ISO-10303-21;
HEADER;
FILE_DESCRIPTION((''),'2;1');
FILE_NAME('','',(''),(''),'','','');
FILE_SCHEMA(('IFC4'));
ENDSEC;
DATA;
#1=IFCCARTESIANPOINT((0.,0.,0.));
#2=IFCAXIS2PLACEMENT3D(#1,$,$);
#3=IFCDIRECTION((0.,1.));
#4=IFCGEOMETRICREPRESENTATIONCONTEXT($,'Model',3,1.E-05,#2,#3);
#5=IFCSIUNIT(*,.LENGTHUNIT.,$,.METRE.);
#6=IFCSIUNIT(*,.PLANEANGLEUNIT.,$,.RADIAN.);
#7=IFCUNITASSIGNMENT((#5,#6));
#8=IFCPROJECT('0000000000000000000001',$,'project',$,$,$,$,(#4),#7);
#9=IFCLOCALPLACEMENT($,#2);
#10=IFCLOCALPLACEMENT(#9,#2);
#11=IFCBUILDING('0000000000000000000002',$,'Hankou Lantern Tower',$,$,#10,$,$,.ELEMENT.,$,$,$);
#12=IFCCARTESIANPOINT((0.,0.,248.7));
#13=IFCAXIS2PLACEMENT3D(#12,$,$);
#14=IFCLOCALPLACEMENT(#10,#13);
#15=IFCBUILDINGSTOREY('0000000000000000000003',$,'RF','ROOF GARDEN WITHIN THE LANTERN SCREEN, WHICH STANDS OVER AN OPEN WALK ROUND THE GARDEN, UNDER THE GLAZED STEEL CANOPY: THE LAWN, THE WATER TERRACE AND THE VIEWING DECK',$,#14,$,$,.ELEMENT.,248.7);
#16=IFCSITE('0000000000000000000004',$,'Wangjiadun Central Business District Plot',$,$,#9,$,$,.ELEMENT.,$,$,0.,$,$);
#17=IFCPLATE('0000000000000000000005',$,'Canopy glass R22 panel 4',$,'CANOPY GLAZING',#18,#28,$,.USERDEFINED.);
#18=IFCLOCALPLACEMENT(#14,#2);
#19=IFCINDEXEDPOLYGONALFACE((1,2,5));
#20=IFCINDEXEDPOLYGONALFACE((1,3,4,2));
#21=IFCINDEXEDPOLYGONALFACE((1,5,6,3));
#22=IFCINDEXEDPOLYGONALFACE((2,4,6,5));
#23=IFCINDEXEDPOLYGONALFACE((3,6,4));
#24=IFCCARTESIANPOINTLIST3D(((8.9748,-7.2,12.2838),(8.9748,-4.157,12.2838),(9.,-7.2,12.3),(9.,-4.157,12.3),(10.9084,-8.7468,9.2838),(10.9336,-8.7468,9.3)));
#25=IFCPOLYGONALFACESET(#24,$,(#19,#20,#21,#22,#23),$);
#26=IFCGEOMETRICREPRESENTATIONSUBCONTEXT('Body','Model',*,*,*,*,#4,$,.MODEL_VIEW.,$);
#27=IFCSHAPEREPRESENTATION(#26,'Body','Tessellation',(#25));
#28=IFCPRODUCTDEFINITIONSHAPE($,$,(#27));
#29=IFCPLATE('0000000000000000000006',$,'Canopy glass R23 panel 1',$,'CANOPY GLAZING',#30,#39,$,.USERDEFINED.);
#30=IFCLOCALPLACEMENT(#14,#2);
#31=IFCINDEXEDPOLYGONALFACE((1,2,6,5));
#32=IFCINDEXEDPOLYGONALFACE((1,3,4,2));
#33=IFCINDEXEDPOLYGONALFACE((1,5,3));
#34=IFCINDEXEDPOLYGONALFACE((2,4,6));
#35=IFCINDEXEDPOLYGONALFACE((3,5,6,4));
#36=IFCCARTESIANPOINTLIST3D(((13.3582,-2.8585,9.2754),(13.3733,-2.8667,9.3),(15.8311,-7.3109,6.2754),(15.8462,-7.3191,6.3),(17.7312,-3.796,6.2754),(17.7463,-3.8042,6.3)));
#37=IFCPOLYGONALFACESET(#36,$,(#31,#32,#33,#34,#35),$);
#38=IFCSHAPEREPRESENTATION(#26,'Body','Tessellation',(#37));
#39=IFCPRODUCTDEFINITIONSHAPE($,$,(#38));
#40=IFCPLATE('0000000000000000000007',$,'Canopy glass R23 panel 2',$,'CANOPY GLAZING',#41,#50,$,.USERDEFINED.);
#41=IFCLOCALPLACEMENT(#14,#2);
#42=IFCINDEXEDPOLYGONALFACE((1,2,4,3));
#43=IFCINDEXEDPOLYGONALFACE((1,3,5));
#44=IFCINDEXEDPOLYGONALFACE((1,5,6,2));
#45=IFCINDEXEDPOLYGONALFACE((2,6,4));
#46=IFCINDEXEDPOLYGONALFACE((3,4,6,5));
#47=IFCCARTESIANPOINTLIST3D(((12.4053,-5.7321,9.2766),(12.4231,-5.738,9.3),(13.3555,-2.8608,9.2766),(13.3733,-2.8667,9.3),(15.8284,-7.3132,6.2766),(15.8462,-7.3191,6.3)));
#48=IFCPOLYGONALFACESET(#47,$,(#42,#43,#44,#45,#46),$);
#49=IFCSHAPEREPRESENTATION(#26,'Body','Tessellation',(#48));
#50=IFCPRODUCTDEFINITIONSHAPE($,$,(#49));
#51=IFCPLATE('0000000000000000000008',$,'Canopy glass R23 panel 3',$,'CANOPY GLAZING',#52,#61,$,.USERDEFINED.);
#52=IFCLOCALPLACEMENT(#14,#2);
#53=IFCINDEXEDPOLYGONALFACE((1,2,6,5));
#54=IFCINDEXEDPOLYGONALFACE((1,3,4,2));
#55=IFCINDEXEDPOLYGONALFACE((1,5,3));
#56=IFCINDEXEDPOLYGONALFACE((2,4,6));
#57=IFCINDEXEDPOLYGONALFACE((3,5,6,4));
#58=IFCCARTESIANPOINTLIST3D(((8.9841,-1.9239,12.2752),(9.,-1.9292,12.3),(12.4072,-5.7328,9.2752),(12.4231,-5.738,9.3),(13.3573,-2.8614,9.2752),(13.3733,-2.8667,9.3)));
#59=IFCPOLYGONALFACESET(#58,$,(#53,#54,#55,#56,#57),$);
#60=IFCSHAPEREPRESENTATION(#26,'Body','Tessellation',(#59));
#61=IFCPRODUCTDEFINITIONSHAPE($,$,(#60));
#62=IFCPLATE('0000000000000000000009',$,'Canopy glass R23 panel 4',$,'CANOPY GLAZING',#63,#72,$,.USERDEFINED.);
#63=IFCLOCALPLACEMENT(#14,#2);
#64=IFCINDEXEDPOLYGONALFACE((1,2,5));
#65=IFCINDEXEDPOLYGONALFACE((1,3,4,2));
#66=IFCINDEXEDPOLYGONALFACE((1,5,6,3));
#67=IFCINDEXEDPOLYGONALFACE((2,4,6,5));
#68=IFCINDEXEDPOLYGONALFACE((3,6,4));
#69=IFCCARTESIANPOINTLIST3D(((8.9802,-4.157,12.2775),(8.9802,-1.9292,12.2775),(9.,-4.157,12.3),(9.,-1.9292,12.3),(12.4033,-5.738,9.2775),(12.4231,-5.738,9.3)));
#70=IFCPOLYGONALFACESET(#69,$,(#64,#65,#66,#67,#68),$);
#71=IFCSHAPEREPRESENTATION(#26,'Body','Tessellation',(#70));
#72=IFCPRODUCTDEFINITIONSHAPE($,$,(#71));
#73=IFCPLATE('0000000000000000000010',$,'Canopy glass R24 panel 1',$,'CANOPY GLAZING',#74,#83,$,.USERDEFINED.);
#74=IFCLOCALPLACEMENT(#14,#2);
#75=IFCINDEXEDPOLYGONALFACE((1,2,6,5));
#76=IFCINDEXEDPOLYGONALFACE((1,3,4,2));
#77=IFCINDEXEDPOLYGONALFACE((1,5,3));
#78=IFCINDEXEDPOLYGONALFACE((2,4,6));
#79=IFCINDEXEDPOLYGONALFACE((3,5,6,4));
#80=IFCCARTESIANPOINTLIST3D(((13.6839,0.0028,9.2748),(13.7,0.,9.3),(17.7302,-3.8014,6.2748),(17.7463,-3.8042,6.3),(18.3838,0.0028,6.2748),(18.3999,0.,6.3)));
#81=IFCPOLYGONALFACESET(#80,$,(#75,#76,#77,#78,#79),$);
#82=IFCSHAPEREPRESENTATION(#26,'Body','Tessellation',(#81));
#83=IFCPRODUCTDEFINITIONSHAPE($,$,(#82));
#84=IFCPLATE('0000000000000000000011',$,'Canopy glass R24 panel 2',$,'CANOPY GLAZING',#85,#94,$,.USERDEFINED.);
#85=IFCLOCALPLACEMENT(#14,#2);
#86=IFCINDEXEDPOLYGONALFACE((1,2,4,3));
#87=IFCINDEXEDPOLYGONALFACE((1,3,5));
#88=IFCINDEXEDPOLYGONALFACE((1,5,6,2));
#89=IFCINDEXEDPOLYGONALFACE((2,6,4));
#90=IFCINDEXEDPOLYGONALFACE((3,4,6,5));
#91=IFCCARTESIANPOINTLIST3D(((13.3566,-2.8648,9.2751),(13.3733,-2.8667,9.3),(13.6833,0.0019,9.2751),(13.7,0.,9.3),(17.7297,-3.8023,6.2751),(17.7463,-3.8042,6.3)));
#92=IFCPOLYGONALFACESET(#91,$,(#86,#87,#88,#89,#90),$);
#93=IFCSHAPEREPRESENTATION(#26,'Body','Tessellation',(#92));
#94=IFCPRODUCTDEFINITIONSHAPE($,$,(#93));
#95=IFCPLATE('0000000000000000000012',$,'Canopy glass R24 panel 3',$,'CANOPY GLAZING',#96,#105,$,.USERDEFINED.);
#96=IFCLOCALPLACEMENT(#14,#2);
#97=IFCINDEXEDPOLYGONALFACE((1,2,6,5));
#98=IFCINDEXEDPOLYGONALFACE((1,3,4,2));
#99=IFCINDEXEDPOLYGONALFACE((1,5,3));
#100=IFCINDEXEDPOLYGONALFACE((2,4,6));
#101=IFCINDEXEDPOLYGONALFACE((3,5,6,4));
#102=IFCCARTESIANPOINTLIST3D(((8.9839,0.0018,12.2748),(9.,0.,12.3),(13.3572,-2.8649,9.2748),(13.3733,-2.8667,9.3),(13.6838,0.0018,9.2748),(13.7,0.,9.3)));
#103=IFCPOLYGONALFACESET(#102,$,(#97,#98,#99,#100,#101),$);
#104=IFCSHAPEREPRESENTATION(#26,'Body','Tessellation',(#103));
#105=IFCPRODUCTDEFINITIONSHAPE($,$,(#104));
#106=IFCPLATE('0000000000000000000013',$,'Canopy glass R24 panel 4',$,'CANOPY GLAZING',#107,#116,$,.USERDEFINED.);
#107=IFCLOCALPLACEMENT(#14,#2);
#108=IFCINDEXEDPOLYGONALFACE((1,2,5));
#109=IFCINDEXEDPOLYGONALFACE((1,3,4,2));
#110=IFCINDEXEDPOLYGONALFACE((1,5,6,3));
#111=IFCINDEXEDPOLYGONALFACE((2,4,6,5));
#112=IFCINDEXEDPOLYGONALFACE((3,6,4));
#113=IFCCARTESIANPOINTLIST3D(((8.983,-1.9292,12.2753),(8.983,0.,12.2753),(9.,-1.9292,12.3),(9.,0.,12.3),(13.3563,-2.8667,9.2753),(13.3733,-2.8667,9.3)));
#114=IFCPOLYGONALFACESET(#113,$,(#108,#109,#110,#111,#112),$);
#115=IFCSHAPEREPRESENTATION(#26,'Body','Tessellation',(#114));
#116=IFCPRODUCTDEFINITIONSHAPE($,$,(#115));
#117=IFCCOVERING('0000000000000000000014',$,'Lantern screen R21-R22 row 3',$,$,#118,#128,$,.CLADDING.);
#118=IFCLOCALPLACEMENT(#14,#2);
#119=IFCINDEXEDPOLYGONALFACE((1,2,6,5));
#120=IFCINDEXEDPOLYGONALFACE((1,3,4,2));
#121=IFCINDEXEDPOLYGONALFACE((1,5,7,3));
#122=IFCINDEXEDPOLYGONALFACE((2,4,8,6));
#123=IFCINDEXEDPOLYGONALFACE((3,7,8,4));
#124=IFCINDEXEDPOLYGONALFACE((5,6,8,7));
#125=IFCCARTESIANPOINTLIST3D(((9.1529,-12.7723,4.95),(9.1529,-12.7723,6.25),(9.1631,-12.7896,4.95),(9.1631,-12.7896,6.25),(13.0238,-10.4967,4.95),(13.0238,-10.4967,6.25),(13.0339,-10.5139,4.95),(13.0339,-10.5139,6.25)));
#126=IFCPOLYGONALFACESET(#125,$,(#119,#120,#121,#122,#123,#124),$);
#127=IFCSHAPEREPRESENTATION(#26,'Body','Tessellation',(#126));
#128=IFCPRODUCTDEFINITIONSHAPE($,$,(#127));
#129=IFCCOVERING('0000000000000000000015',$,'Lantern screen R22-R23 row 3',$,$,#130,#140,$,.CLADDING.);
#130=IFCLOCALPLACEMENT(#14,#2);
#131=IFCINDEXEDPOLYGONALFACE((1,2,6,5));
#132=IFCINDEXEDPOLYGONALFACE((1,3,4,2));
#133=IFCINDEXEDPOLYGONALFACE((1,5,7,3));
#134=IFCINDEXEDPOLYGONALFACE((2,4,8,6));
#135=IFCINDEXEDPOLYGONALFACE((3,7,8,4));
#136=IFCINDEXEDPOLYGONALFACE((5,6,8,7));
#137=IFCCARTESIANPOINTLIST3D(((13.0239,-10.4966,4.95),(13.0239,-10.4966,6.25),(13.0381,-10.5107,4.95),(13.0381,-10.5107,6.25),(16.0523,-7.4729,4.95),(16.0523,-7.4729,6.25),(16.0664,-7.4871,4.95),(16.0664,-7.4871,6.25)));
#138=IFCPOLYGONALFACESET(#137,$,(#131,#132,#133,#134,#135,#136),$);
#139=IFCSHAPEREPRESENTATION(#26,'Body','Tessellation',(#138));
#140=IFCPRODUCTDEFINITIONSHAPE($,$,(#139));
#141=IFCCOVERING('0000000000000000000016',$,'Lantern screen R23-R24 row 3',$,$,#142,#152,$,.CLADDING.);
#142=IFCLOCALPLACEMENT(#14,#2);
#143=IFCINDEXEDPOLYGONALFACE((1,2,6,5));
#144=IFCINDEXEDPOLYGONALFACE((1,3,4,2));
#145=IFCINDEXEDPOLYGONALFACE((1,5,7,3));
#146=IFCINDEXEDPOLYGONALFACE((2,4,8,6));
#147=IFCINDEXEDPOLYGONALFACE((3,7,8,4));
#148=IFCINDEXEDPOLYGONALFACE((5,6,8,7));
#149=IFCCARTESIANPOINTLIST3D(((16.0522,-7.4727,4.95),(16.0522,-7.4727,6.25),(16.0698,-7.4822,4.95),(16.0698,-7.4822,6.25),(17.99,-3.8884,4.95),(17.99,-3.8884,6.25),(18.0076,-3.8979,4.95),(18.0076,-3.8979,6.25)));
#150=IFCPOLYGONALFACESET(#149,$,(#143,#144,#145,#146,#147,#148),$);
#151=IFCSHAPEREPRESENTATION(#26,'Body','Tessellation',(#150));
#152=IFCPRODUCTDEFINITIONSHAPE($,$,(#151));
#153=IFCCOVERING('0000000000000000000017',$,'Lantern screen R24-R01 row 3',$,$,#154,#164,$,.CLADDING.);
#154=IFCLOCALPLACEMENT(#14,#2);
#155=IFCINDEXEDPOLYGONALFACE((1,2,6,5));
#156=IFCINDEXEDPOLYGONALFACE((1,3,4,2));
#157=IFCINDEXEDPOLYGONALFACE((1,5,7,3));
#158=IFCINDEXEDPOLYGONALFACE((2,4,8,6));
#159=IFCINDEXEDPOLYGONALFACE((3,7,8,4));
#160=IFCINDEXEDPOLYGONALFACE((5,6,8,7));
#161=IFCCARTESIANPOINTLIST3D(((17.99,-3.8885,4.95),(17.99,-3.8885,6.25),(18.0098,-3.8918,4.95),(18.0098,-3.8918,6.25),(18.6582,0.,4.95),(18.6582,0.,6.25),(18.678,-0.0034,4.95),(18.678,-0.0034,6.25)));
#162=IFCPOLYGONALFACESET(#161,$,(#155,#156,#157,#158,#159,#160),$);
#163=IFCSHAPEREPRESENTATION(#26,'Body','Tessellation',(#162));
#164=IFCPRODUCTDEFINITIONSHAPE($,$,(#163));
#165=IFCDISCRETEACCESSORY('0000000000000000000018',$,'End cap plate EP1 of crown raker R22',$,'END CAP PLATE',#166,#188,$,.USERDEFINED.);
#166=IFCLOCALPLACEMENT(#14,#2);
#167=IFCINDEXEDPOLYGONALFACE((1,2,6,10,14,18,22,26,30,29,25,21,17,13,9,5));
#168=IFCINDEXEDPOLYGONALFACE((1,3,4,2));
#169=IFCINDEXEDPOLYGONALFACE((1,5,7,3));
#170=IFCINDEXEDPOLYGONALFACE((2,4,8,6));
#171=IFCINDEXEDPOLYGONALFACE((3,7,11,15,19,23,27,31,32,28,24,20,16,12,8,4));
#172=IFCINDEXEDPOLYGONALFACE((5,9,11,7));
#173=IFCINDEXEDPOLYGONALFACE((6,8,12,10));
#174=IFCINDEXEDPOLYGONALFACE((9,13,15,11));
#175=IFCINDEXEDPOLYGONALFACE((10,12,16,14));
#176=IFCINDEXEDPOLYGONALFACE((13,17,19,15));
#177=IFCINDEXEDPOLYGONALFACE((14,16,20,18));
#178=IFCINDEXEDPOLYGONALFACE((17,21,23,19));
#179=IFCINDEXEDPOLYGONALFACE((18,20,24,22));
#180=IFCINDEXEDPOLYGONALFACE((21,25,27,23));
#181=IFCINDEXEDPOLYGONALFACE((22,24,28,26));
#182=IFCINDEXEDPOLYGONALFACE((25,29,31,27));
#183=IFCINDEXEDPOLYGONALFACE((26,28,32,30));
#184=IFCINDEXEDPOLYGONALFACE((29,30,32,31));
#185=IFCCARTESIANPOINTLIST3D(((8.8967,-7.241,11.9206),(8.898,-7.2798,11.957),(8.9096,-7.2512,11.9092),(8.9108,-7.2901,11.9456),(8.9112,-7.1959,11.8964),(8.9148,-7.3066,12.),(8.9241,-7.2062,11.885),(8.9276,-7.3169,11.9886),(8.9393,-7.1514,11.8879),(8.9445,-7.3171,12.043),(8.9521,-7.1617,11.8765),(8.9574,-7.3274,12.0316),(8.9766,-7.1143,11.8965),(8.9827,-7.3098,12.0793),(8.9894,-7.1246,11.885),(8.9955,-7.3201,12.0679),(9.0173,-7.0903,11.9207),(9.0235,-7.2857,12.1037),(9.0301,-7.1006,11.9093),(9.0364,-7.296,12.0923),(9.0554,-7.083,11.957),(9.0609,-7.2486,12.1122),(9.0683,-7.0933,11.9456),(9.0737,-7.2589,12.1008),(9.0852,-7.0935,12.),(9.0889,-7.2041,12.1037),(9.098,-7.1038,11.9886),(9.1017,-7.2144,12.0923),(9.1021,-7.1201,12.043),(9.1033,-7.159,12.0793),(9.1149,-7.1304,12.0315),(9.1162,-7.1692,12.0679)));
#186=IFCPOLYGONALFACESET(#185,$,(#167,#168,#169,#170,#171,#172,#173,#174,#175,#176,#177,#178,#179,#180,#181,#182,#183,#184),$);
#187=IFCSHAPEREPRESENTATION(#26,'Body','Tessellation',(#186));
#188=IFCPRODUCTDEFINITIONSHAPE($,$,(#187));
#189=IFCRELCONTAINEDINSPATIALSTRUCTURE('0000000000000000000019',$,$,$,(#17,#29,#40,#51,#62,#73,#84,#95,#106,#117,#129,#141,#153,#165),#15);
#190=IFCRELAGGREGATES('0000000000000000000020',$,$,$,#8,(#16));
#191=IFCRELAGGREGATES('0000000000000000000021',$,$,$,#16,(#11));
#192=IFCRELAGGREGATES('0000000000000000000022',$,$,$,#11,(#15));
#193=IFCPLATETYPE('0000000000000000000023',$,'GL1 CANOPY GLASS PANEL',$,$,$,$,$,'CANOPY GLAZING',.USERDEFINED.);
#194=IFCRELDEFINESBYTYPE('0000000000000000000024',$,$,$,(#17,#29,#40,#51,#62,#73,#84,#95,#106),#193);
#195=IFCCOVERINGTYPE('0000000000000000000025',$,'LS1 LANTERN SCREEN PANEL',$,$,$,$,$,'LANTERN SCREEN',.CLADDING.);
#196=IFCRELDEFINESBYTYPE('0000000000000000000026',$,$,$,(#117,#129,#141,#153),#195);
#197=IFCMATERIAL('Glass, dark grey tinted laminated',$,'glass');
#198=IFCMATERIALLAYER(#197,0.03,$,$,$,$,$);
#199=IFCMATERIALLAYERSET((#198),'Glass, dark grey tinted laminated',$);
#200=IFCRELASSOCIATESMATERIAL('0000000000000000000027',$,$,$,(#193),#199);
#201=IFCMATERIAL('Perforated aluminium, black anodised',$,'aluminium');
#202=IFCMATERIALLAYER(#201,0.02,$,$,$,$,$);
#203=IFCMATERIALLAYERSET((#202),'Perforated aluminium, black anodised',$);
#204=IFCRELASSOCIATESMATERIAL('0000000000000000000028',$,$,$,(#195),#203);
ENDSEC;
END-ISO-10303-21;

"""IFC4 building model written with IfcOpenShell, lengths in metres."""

from ifc_helpers import new_model, si_unit, direction, frame, origin, place, context, subcontext, project, spatial, polyline, outline, extrude, material, layer, layer_set, type_object, element, save


model = new_model("IFC4")

# Units and contexts
model_context = context("Model", 3, precision=1e-05, world=origin(), true_north=direction((0.0, 1.0)))
body_context = subcontext(model_context, "Body", "Model", "MODEL_VIEW")
ifc_project = project(units=[si_unit("LENGTHUNIT", "METRE"), si_unit("PLANEANGLEUNIT", "RADIAN")], contexts=[model_context])

# Site, building, storey
site_placement = place(None, origin())
site = spatial("IfcSite", under=ifc_project, at=site_placement, Name="Wangjiadun Central Business District Plot", CompositionType="ELEMENT", RefElevation=0.0)
building_placement = place(site_placement, origin())
building = spatial("IfcBuilding", under=site, at=building_placement, Name="Hankou Lantern Tower", CompositionType="ELEMENT")
storey_placement = place(building_placement, frame((0.0, 0.0, 248.7)))
storey = spatial("IfcBuildingStorey", under=building, at=storey_placement, Name="RF", Description="ROOF GARDEN WITHIN THE LANTERN SCREEN, WHICH STANDS OVER AN OPEN WALK ROUND THE GARDEN, UNDER THE GLAZED STEEL CANOPY: THE LAWN, THE WATER TERRACE AND THE VIEWING DECK", CompositionType="ELEMENT", Elevation=248.7)

# Plates
ifc_material_1 = material(Name="Glass, dark grey tinted laminated", Category="glass")
ifc_layer_1 = layer(ifc_material_1, 0.03)
ifc_layer_set_1 = layer_set([ifc_layer_1], Name="Glass, dark grey tinted laminated")
plate_type = type_object("IfcPlateType", Name="GL1 CANOPY GLASS PANEL", ElementType="CANOPY GLAZING", PredefinedType="USERDEFINED", material=ifc_layer_set_1)
plate_1_placement = place(storey_placement, frame((10.9336, -8.7468, 9.3), z_axis=(0.840538, 0.0, 0.541753), x_axis=(-0.332561, 0.789413, 0.515974)))
element("IfcPlate", 1, at=plate_1_placement, inside=storey, type_object=plate_type, Name="Canopy glass R22 panel 4", ObjectType="CANOPY GLAZING", PredefinedType="USERDEFINED", context=body_context, shape_type="SweptSolid", body=[
    extrude(outline(polyline([(0.0, 0.0), (5.8142, 0.0), (3.4121, 1.868), (0.0, 0.0)])), origin(), (0.0, 0.0, -1.0), 0.03),
])
plate_2_placement = place(storey_placement, frame((15.8462, -7.3191, 6.3), z_axis=(0.503912, -0.272414, 0.819673), x_axis=(0.475557, 0.879685, 0.0)))
element("IfcPlate", 2, at=plate_2_placement, inside=storey, type_object=plate_type, Name="Canopy glass R23 panel 1", ObjectType="CANOPY GLAZING", PredefinedType="USERDEFINED", context=body_context, shape_type="SweptSolid", body=[
    extrude(outline(polyline([(0.0, 0.0), (3.9956, 0.0), (2.7407, 5.2371), (0.0, 0.0)])), origin(), (0.0, 0.0, -1.0), 0.03),
])
plate_3_placement = place(storey_placement, frame((15.8462, -7.3191, 6.3), z_axis=(0.593403, -0.196372, 0.780584), x_axis=(-0.418361, 0.753248, 0.507535)))
element("IfcPlate", 3, at=plate_3_placement, inside=storey, type_object=plate_type, Name="Canopy glass R23 panel 2", ObjectType="CANOPY GLAZING", PredefinedType="USERDEFINED", context=body_context, shape_type="SweptSolid", body=[
    extrude(outline(polyline([(0.0, 0.0), (5.9109, 0.0), (4.1456, 2.4558), (0.0, 0.0)])), origin(), (0.0, 0.0, -1.0), 0.03),
])
plate_4_placement = place(storey_placement, frame((12.4231, -5.738, 9.3), z_axis=(0.530985, -0.175716, 0.828962), x_axis=(0.314169, 0.949367, 0.0)))
element("IfcPlate", 4, at=plate_4_placement, inside=storey, type_object=plate_type, Name="Canopy glass R23 panel 3", ObjectType="CANOPY GLAZING", PredefinedType="USERDEFINED", context=body_context, shape_type="SweptSolid", body=[
    extrude(outline(polyline([(0.0, 0.0), (3.0245, 0.0), (2.5406, 5.3638), (0.0, 0.0)])), origin(), (0.0, 0.0, -1.0), 0.03),
])
plate_5_placement = place(storey_placement, frame((12.4231, -5.738, 9.3), z_axis=(0.659101, 0.0, 0.752055), x_axis=(-0.576759, 0.641753, 0.505472)))
element("IfcPlate", 5, at=plate_5_placement, inside=storey, type_object=plate_type, Name="Canopy glass R23 panel 4", ObjectType="CANOPY GLAZING", PredefinedType="USERDEFINED", context=body_context, shape_type="SweptSolid", body=[
    extrude(outline(polyline([(0.0, 0.0), (5.9351, 0.0), (4.5054, 1.7085), (0.0, 0.0)])), origin(), (0.0, 0.0, -1.0), 0.03),
])
plate_6_placement = place(storey_placement, frame((17.7463, -3.8042, 6.3), z_axis=(0.535755, -0.092043, 0.839341), x_axis=(0.16932, 0.985561, 0.0)))
element("IfcPlate", 6, at=plate_6_placement, inside=storey, type_object=plate_type, Name="Canopy glass R24 panel 1", ObjectType="CANOPY GLAZING", PredefinedType="USERDEFINED", context=body_context, shape_type="SweptSolid", body=[
    extrude(outline(polyline([(0.0, 0.0), (3.8599, 0.0), (3.0641, 5.5187), (0.0, 0.0)])), origin(), (0.0, 0.0, -1.0), 0.03),
])
plate_7_placement = place(storey_placement, frame((17.7463, -3.8042, 6.3), z_axis=(0.555307, -0.063277, 0.829235), x_axis=(-0.641032, 0.602664, 0.475262)))
element("IfcPlate", 7, at=plate_7_placement, inside=storey, type_object=plate_type, Name="Canopy glass R24 panel 2", ObjectType="CANOPY GLAZING", PredefinedType="USERDEFINED", context=body_context, shape_type="SweptSolid", body=[
    extrude(outline(polyline([(0.0, 0.0), (6.3123, 0.0), (4.794, 2.4535), (0.0, 0.0)])), origin(), (0.0, 0.0, -1.0), 0.03),
])
plate_8_placement = place(storey_placement, frame((13.3733, -2.8667, 9.3), z_axis=(0.537031, -0.061195, 0.84134), x_axis=(0.113217, 0.99357, 0.0)))
element("IfcPlate", 8, at=plate_8_placement, inside=storey, type_object=plate_type, Name="Canopy glass R24 panel 3", ObjectType="CANOPY GLAZING", PredefinedType="USERDEFINED", context=body_context, shape_type="SweptSolid", body=[
    extrude(outline(polyline([(0.0, 0.0), (2.8853, 0.0), (2.3531, 5.5504), (0.0, 0.0)])), origin(), (0.0, 0.0, -1.0), 0.03),
])
plate_9_placement = place(storey_placement, frame((13.3733, -2.8667, 9.3), z_axis=(0.565679, 0.0, 0.824626), x_axis=(-0.725428, 0.475519, 0.497631)))
element("IfcPlate", 9, at=plate_9_placement, inside=storey, type_object=plate_type, Name="Canopy glass R24 panel 4", ObjectType="CANOPY GLAZING", PredefinedType="USERDEFINED", context=body_context, shape_type="SweptSolid", body=[
    extrude(outline(polyline([(0.0, 0.0), (6.0286, 0.0), (5.1112, 1.6971), (0.0, 0.0)])), origin(), (0.0, 0.0, -1.0), 0.03),
])

# Coverings
ifc_material_2 = material(Name="Perforated aluminium, black anodised", Category="aluminium")
ifc_layer_2 = layer(ifc_material_2, 0.02)
ifc_layer_set_2 = layer_set([ifc_layer_2], Name="Perforated aluminium, black anodised")
covering_type = type_object("IfcCoveringType", Name="LS1 LANTERN SCREEN PANEL", ElementType="LANTERN SCREEN", PredefinedType="CLADDING", material=ifc_layer_set_2)
covering_1_placement = place(storey_placement, frame((9.1631, -12.7896, 4.95), z_axis=(0.506799, -0.862064, 0.0), x_axis=(0.862064, 0.506799, 0.0)))
element("IfcCovering", 10, at=covering_1_placement, inside=storey, type_object=covering_type, Name="Lantern screen R21-R22 row 3", PredefinedType="CLADDING", context=body_context, shape_type="SweptSolid", body=[
    extrude(outline(polyline([(0.0, 0.0), (4.4902, 0.0), (4.4902, 1.3), (0.0, 1.3), (0.0, 0.0)])), origin(), (0.0, 0.0, -1.0), 0.02),
])
covering_2_placement = place(storey_placement, frame((13.0381, -10.5107, 4.95), z_axis=(0.706565, -0.707649, 0.0), x_axis=(0.707649, 0.706565, 0.0)))
element("IfcCovering", 11, at=covering_2_placement, inside=storey, type_object=covering_type, Name="Lantern screen R22-R23 row 3", PredefinedType="CLADDING", context=body_context, shape_type="SweptSolid", body=[
    extrude(outline(polyline([(0.0, 0.0), (4.2794, 0.0), (4.2794, 1.3), (0.0, 1.3), (0.0, 0.0)])), origin(), (0.0, 0.0, -1.0), 0.02),
])
covering_3_placement = place(storey_placement, frame((16.0698, -7.4822, 4.95), z_axis=(0.879673, -0.475578, 0.0), x_axis=(0.475578, 0.879673, 0.0)))
element("IfcCovering", 12, at=covering_3_placement, inside=storey, type_object=covering_type, Name="Lantern screen R23-R24 row 3", PredefinedType="CLADDING", context=body_context, shape_type="SweptSolid", body=[
    extrude(outline(polyline([(0.0, 0.0), (4.0745, 0.0), (4.0745, 1.3), (0.0, 1.3), (0.0, 0.0)])), origin(), (0.0, 0.0, -1.0), 0.02),
])
covering_4_placement = place(storey_placement, frame((18.0098, -3.8918, 4.95), z_axis=(0.985554, -0.169364, 0.0), x_axis=(0.169364, 0.985554, 0.0)))
element("IfcCovering", 13, at=covering_4_placement, inside=storey, type_object=covering_type, Name="Lantern screen R24-R01 row 3", PredefinedType="CLADDING", context=body_context, shape_type="SweptSolid", body=[
    extrude(outline(polyline([(0.0, 0.0), (3.9454, 0.0), (3.9454, 1.3), (0.0, 1.3), (0.0, 0.0)])), origin(), (0.0, 0.0, -1.0), 0.02),
])

# Discrete accessory
discrete_accessory_placement = place(storey_placement, frame((9.0852, -7.0935, 12.0), z_axis=(-0.641608, 0.513257, 0.570006), x_axis=(-0.558473, 0.196806, -0.805838)))
element("IfcDiscreteAccessory", 14, at=discrete_accessory_placement, inside=storey, Name="End cap plate EP1 of crown raker R22", ObjectType="END CAP PLATE", PredefinedType="USERDEFINED", context=body_context, shape_type="SweptSolid", body=[
    extrude(outline(polyline([(0.0, 0.0), (0.0533, 0.0), (0.1025, 0.0203), (0.14, 0.0579), (0.1605, 0.1071), (0.1605, 0.1604), (0.1402, 0.2096), (0.1025, 0.2472), (0.0532, 0.2676), (-0.0001, 0.2676), (-0.0492, 0.2473), (-0.0869, 0.2096), (-0.1074, 0.1604), (-0.1074, 0.1071), (-0.0869, 0.0579), (-0.0493, 0.0203), (0.0, 0.0)])), origin(), (0.0, 0.0, -1.0), 0.02),
])

save(model, "model.ifc")
